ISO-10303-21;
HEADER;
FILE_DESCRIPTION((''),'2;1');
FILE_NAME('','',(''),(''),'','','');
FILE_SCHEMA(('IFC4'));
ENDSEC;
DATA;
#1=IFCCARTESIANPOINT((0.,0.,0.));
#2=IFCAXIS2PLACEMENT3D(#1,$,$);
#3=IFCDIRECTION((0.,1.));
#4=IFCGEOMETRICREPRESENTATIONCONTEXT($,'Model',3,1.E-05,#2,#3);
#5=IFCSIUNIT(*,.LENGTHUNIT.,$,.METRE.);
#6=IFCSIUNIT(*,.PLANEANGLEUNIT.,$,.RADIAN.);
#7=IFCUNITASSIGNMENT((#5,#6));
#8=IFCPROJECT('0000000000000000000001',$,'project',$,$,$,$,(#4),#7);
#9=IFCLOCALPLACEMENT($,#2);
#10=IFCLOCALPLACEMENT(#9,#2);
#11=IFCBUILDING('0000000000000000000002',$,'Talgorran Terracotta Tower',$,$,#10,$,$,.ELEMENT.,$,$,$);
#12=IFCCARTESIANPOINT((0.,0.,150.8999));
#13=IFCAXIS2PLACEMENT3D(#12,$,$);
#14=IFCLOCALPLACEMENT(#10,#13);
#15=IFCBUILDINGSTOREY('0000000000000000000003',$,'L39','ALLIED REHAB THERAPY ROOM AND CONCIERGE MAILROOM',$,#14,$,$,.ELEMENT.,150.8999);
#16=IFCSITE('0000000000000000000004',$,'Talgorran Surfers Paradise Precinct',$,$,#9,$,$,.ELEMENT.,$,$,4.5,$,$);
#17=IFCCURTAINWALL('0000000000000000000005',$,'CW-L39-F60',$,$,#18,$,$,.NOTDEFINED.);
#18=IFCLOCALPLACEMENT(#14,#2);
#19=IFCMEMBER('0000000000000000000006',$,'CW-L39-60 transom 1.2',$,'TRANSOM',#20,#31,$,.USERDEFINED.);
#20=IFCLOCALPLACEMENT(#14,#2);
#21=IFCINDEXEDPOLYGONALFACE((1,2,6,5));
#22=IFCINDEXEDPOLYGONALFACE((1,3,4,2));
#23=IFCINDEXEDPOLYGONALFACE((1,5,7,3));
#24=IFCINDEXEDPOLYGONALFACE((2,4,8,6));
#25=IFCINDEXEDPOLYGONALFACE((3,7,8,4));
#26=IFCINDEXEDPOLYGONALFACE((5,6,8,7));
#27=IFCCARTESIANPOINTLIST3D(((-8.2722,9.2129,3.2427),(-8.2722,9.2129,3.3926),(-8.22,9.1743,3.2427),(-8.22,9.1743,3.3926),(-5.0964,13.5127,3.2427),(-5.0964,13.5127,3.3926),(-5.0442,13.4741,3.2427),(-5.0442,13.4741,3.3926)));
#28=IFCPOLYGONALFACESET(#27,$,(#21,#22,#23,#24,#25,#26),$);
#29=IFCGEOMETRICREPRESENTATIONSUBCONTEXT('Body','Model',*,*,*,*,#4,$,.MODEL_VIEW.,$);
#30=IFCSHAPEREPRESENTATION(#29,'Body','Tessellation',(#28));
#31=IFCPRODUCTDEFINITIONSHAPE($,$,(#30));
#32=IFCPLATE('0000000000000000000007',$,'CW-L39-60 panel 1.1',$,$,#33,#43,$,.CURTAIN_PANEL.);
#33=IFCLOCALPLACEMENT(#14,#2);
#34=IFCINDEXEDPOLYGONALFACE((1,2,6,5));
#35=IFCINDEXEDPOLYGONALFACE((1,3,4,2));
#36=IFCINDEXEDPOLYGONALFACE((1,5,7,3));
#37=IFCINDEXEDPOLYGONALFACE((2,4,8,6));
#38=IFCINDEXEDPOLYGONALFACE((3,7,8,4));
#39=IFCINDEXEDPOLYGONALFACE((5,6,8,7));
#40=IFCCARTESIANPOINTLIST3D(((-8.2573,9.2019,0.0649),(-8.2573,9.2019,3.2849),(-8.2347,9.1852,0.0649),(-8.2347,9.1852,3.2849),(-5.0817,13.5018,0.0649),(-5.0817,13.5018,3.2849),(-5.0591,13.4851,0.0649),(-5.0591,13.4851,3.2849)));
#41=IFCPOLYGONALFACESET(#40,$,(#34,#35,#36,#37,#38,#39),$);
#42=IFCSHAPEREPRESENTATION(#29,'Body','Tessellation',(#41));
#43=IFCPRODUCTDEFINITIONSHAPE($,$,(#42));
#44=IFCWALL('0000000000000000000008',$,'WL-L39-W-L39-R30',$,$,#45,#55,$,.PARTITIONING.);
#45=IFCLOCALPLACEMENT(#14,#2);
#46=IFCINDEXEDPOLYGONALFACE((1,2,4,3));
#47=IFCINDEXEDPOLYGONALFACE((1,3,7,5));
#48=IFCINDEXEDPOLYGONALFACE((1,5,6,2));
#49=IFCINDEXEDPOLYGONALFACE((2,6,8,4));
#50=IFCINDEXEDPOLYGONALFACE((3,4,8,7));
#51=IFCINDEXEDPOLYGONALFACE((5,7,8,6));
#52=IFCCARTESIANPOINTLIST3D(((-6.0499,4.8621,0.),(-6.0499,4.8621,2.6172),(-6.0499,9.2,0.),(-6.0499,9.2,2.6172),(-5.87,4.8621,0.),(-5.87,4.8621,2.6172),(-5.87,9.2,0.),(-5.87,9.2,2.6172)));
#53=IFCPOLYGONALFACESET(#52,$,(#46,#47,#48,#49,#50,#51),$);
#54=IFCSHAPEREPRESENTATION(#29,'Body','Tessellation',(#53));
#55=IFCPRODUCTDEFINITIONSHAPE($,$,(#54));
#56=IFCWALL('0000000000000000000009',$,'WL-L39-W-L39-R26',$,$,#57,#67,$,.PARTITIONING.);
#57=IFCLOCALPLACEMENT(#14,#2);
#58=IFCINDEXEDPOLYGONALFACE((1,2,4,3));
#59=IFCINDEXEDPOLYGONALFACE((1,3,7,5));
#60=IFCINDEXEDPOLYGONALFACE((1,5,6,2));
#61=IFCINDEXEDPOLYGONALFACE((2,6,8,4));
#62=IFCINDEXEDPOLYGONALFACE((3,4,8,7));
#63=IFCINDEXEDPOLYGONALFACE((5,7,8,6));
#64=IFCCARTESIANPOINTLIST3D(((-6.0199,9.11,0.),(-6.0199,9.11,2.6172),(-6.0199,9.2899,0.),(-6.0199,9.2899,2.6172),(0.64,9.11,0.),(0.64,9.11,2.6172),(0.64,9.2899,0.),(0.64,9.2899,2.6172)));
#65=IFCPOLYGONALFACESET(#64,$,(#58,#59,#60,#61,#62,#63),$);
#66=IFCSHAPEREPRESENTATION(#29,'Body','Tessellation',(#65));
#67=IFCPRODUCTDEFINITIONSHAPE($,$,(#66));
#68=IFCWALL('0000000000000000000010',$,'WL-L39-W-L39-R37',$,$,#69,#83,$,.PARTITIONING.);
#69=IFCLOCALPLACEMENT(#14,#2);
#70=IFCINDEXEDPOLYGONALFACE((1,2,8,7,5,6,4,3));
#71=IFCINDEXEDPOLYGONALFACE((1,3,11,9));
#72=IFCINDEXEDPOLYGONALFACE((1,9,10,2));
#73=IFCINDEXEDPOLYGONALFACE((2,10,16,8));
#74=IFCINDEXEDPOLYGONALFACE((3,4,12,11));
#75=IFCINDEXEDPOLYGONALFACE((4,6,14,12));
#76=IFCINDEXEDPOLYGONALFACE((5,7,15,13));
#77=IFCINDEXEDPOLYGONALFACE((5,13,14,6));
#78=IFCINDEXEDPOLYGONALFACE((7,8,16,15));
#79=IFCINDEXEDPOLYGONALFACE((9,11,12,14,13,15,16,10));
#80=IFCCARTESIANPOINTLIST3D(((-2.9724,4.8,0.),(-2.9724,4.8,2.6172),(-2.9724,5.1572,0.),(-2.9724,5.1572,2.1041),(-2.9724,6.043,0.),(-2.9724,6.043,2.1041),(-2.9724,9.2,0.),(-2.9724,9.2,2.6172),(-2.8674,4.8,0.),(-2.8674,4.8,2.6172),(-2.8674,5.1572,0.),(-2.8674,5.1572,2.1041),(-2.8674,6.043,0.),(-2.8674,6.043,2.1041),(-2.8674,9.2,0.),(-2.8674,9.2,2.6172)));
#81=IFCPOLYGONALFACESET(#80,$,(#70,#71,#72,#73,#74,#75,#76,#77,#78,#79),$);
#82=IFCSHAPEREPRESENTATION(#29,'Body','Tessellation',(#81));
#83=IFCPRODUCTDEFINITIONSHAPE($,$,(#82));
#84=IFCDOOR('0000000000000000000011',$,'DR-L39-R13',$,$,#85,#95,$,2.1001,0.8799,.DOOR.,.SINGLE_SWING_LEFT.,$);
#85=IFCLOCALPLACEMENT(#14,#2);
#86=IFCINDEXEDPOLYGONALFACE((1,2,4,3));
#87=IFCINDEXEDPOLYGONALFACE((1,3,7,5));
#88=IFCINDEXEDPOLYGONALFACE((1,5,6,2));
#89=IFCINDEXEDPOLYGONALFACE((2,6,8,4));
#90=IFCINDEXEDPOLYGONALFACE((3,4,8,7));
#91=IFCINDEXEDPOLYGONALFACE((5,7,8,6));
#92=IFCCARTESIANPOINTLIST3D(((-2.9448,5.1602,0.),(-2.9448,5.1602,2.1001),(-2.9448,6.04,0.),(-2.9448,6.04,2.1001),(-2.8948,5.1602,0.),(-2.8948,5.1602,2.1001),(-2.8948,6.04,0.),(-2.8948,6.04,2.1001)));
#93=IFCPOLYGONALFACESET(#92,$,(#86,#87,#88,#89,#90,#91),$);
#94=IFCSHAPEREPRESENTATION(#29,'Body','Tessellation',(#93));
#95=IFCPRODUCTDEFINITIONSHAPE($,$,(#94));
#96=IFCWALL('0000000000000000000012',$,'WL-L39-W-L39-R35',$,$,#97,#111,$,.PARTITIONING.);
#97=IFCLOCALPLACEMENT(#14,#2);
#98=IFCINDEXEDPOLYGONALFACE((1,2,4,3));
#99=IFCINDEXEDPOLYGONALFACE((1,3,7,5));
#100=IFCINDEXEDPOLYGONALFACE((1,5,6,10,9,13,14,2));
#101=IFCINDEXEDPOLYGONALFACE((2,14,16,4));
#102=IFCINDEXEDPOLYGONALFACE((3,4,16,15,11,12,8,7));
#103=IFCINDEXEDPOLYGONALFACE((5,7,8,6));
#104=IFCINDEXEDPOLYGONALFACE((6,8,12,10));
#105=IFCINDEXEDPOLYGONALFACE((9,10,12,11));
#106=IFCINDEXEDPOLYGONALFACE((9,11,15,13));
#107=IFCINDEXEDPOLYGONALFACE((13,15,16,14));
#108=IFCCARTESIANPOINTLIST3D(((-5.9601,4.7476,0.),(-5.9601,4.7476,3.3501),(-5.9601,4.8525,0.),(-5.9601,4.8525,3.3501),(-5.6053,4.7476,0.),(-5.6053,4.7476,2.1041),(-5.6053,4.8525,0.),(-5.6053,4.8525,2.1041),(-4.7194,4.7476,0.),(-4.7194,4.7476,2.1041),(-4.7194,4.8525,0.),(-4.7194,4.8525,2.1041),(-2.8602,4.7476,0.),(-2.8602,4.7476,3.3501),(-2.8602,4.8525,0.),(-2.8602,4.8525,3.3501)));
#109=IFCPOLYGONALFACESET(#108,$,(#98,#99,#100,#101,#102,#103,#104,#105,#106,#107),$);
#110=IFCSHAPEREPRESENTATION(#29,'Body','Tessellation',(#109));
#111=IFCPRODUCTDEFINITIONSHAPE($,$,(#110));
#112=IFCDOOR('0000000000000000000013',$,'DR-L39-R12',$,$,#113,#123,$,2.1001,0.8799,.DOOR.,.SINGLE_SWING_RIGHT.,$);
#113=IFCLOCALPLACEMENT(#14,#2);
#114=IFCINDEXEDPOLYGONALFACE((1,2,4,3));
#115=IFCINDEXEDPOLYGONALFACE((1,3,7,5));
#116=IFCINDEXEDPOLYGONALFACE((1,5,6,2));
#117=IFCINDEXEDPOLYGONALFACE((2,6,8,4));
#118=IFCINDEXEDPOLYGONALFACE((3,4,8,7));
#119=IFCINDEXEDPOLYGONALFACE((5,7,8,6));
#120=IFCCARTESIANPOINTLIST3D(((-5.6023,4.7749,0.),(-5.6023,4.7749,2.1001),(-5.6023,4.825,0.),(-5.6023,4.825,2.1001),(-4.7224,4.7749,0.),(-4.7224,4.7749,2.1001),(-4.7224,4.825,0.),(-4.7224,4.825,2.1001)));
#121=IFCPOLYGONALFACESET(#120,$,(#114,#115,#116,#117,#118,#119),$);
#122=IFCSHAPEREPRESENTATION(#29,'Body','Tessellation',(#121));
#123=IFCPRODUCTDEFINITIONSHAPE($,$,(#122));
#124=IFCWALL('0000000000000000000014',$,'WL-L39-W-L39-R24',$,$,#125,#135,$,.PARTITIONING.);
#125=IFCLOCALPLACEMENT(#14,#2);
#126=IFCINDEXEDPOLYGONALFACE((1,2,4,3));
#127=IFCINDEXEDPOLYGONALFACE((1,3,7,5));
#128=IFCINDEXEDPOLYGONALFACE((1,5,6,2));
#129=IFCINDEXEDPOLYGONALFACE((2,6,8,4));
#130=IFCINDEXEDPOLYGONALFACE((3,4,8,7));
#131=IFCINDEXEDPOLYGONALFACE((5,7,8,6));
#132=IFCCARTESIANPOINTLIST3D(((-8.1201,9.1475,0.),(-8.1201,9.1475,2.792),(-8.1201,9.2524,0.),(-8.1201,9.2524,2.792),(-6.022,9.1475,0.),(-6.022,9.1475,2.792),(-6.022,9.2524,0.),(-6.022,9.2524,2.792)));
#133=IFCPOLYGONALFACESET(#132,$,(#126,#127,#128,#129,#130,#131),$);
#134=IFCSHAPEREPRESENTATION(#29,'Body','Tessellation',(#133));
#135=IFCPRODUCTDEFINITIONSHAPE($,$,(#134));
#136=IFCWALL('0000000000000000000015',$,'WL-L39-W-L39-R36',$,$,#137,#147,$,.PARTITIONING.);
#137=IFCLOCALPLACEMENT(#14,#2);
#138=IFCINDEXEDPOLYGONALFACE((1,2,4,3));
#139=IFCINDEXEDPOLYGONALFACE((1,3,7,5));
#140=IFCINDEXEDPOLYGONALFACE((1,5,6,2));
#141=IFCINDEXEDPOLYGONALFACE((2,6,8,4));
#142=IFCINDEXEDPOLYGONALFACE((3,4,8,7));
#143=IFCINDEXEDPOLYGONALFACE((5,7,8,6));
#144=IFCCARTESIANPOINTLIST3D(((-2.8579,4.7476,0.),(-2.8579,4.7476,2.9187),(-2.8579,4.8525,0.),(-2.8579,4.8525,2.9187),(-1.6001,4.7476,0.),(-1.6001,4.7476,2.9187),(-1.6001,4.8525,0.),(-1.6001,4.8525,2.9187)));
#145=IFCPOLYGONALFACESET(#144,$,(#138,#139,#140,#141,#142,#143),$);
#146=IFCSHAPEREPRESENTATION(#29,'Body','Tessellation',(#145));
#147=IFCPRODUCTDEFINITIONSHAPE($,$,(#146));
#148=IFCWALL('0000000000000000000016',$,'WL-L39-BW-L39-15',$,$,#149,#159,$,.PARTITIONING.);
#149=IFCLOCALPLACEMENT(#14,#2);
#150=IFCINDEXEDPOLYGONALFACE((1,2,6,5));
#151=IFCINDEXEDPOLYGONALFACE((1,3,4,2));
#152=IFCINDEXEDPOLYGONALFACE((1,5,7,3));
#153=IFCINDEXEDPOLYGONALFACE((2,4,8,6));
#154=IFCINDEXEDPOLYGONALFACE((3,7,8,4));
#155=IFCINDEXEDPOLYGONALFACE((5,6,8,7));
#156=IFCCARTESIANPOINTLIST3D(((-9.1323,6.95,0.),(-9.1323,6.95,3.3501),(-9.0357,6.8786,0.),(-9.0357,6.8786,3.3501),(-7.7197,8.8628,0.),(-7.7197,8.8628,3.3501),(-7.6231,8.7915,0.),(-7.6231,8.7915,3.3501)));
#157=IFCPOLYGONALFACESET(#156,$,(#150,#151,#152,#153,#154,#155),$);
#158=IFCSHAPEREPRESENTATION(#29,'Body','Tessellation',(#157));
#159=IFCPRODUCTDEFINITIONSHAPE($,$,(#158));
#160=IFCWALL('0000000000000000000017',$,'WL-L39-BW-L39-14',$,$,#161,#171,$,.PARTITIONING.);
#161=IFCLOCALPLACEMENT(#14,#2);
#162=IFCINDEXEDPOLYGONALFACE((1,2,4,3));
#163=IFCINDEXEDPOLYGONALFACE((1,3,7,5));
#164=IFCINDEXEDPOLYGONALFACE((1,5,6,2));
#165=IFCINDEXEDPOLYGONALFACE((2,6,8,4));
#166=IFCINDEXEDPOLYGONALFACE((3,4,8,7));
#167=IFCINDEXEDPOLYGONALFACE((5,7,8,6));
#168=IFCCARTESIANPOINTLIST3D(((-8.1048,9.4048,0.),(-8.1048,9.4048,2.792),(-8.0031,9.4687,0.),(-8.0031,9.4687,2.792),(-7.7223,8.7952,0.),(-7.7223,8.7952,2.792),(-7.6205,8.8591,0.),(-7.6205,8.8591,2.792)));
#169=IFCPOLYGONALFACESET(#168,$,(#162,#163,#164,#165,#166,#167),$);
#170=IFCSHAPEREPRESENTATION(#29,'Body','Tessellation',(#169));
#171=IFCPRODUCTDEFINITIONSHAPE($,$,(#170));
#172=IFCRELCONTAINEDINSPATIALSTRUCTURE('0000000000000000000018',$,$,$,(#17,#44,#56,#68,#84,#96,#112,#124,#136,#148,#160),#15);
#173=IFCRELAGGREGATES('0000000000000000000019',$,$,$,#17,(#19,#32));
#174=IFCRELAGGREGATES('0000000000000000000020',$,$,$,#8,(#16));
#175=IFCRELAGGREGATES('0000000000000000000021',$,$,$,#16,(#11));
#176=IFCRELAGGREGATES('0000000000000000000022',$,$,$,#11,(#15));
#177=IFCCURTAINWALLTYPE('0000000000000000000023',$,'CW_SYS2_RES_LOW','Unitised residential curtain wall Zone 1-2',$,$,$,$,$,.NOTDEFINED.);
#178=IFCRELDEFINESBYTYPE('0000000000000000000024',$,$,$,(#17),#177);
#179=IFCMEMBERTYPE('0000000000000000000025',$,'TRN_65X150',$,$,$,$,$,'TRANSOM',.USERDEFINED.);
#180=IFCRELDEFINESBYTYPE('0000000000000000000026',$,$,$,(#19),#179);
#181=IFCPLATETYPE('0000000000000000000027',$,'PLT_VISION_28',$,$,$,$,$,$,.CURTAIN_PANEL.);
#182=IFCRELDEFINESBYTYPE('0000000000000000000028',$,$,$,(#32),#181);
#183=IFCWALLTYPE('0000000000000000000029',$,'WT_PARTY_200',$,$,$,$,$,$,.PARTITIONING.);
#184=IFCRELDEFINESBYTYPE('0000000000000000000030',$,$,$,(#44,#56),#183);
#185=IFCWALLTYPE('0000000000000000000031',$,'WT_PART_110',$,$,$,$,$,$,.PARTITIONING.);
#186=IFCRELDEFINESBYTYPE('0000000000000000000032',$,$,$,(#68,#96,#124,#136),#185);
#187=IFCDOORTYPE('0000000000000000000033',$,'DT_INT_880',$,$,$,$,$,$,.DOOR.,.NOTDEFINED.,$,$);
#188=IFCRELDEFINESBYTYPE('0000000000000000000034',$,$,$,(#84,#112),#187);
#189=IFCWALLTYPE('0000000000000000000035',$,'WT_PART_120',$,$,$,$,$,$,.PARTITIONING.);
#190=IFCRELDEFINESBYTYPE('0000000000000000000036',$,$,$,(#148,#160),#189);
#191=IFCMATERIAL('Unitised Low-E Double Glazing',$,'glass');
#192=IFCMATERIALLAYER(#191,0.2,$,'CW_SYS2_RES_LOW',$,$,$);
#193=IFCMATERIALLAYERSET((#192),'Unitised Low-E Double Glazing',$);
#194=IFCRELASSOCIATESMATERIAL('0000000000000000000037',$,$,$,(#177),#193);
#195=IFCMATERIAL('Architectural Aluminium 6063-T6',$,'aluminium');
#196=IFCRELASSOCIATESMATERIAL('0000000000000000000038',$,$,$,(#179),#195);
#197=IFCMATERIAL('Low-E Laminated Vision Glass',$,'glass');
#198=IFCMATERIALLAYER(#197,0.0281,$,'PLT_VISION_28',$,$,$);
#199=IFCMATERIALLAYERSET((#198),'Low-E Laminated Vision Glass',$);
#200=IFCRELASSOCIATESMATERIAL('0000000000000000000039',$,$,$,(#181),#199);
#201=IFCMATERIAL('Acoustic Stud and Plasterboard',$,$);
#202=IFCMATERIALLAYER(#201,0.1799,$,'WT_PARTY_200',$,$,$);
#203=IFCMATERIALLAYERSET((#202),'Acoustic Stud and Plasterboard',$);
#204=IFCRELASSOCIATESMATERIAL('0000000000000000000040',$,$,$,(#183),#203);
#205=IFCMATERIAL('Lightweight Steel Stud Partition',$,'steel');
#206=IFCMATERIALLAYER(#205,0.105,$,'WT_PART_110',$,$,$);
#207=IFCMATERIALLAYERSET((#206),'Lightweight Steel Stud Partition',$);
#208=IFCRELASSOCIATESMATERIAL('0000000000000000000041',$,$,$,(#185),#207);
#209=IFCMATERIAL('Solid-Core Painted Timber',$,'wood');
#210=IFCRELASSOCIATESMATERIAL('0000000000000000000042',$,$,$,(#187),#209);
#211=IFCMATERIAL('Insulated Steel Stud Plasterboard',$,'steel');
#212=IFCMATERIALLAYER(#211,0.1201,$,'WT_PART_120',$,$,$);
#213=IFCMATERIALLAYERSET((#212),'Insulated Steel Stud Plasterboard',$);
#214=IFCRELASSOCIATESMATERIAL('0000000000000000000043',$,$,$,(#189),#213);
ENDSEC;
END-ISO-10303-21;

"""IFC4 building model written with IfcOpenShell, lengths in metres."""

from ifc_helpers import new_model, si_unit, direction, frame, frame_2d, origin, origin_2d, place, context, subcontext, project, spatial, rectangle, extrude, source, transform, mapped, material, layer, layer_set, material_profile, profile_set, type_object, type_shapes, element, fill, aggregate, save


model = new_model("IFC4")

# Units and contexts
model_context = context("Model", 3, precision=1e-05, world=origin(), true_north=direction((0.0, 1.0)))
body_context = subcontext(model_context, "Body", "Model", "MODEL_VIEW")
ifc_project = project(units=[si_unit("LENGTHUNIT", "METRE"), si_unit("PLANEANGLEUNIT", "RADIAN")], contexts=[model_context])

# Site, building, storey
site_placement = place(None, origin())
site = spatial("IfcSite", under=ifc_project, at=site_placement, Name="Talgorran Surfers Paradise Precinct", CompositionType="ELEMENT", RefElevation=4.5)
building_placement = place(site_placement, origin())
building = spatial("IfcBuilding", under=site, at=building_placement, Name="Talgorran Terracotta Tower", CompositionType="ELEMENT")
storey_placement = place(building_placement, frame((0.0, 0.0, 150.8999)))
storey = spatial("IfcBuildingStorey", under=building, at=storey_placement, Name="L39", Description="ALLIED REHAB THERAPY ROOM AND CONCIERGE MAILROOM", CompositionType="ELEMENT", Elevation=150.8999)

# Shared definitions
ifc_material_1 = material(Name="Unitised Low-E Double Glazing", Category="glass")
ifc_layer_1 = layer(ifc_material_1, 0.2, Name="CW_SYS2_RES_LOW")
ifc_layer_set_1 = layer_set([ifc_layer_1], Name="Unitised Low-E Double Glazing")
curtain_wall_type = type_object("IfcCurtainWallType", Name="CW_SYS2_RES_LOW", Description="Unitised residential curtain wall Zone 1-2", PredefinedType="NOTDEFINED", material=ifc_layer_set_1)
ifc_material_2 = material(Name="Architectural Aluminium 6063-T6", Category="aluminium")

# Curtain wall, member, plate
curtain_wall_1_placement = place(storey_placement, origin())
curtain_wall_1 = element("IfcCurtainWall", 1, at=curtain_wall_1_placement, inside=storey, type_object=curtain_wall_type, Name="CW-L39-F60", PredefinedType="NOTDEFINED")
ifc_material_profile_1 = material_profile(ifc_material_2, rectangle(XDim=0.0649, YDim=0.1499, at=origin_2d()), Name="CWT65X150")
ifc_profile_set_1 = profile_set([ifc_material_profile_1], Name="Architectural Aluminium 6063-T6")
member_type_1 = type_object("IfcMemberType", Name="TRN_65X150", ElementType="TRANSOM", PredefinedType="USERDEFINED", material=ifc_profile_set_1)
member_1_placement = place(storey_placement, frame((-5.0703, 13.4934, 3.3176), z_axis=(-0.594109, -0.804385, 0.0), x_axis=(0.804385, -0.594109, 0.0)))
member_1 = element("IfcMember", 2, at=member_1_placement, type_object=member_type_1, Name="CW-L39-60 transom 1.2", ObjectType="TRANSOM", PredefinedType="USERDEFINED", context=body_context, shape_type="SweptSolid", body=[
    extrude(rectangle(XDim=0.0649, YDim=0.1499, at=origin_2d()), origin(), (0.0, 0.0, 1.0), 5.3455),
])
ifc_material_3 = material(Name="Low-E Laminated Vision Glass", Category="glass")
ifc_layer_2 = layer(ifc_material_3, 0.0281, Name="PLT_VISION_28")
ifc_layer_set_2 = layer_set([ifc_layer_2], Name="Low-E Laminated Vision Glass")
plate_type = type_object("IfcPlateType", Name="PLT_VISION_28", PredefinedType="CURTAIN_PANEL", material=ifc_layer_set_2)
shared_shape = source(origin(), body_context, "Body", "SweptSolid", [
    extrude(rectangle(XDim=5.3455, YDim=0.0281, at=origin_2d()), origin(), (0.0, 0.0, 1.0), 3.22),
])
type_shapes(plate_type, [shared_shape])
plate_placement = place(storey_placement, frame((-6.6582, 11.3435, 0.0649), z_axis=(0.0, 0.0, 1.0), x_axis=(-0.594081, -0.804405, 0.0)))
plate = element("IfcPlate", 3, at=plate_placement, type_object=plate_type, Name="CW-L39-60 panel 1.1", PredefinedType="CURTAIN_PANEL", context=body_context, shape_type="MappedRepresentation", body=[
    mapped(shared_shape, transform((0.0, 0.0, 0.0), scale=1.0)),
])
aggregate(curtain_wall_1, [member_1, plate])

# Walls
ifc_material_4 = material(Name="Acoustic Stud and Plasterboard")
ifc_layer_3 = layer(ifc_material_4, 0.1799, Name="WT_PARTY_200")
ifc_layer_set_3 = layer_set([ifc_layer_3], Name="Acoustic Stud and Plasterboard")
wall_type_1 = type_object("IfcWallType", Name="WT_PARTY_200", PredefinedType="PARTITIONING", material=ifc_layer_set_3)
wall_1_placement = place(storey_placement, frame((-5.96, 4.8621, 0.0), z_axis=(0.0, 0.0, 1.0), x_axis=(0.0, 1.0, 0.0)))
element("IfcWall", 4, at=wall_1_placement, inside=storey, type_object=wall_type_1, Name="WL-L39-W-L39-R30", PredefinedType="PARTITIONING", context=body_context, shape_type="SweptSolid", body=[
    extrude(rectangle(XDim=4.3379, YDim=0.1799, at=frame_2d((2.1689, 0.0))), origin(), (0.0, 0.0, 1.0), 2.6172),
])
wall_2_placement = place(storey_placement, frame((-6.02, 9.2, 0.0), z_axis=(0.0, 0.0, 1.0), x_axis=(1.0, 0.0, 0.0)))
element("IfcWall", 5, at=wall_2_placement, inside=storey, type_object=wall_type_1, Name="WL-L39-W-L39-R26", PredefinedType="PARTITIONING", context=body_context, shape_type="SweptSolid", body=[
    extrude(rectangle(XDim=6.6599, YDim=0.1799, at=frame_2d((3.3301, 0.0))), origin(), (0.0, 0.0, 1.0), 2.6172),
])

# Walls, openings, doors
ifc_material_5 = material(Name="Lightweight Steel Stud Partition", Category="steel")
ifc_layer_4 = layer(ifc_material_5, 0.105, Name="WT_PART_110")
ifc_layer_set_4 = layer_set([ifc_layer_4], Name="Lightweight Steel Stud Partition")
wall_type_2 = type_object("IfcWallType", Name="WT_PART_110", PredefinedType="PARTITIONING", material=ifc_layer_set_4)
wall_3_placement = place(storey_placement, frame((-2.9199, 4.8, 0.0), z_axis=(0.0, 0.0, 1.0), x_axis=(0.0, 1.0, 0.0)))
wall_3 = element("IfcWall", 6, at=wall_3_placement, inside=storey, type_object=wall_type_2, Name="WL-L39-W-L39-R37", PredefinedType="PARTITIONING", context=body_context, shape_type="SweptSolid", body=[
    extrude(rectangle(XDim=4.3999, YDim=0.105, at=frame_2d((2.2, 0.0))), origin(), (0.0, 0.0, 1.0), 2.6172),
])
opening_1_placement = place(wall_3_placement, frame((0.3601, 0.0, 0.0)))
opening_1 = element("IfcOpeningElement", 7, at=opening_1_placement, cuts=wall_3, PredefinedType="OPENING", context=body_context, shape_type="SweptSolid", body=[
    extrude(rectangle(XDim=0.8859, YDim=2.1041, at=frame_2d((0.4399, 1.052))), frame((0.0, 0.0625, 0.0), z_axis=(0.0, -1.0, 0.0), x_axis=(1.0, 0.0, 0.0)), (0.0, 0.0, 1.0), 0.125),
])
ifc_material_6 = material(Name="Solid-Core Painted Timber", Category="wood")
door_type = type_object("IfcDoorType", Name="DT_INT_880", OperationType="NOTDEFINED", PredefinedType="DOOR", material=ifc_material_6)
door_1_placement = place(opening_1_placement, origin())
door_1 = element("IfcDoor", 8, at=door_1_placement, inside=storey, type_object=door_type, Name="DR-L39-R13", OperationType="SINGLE_SWING_LEFT", OverallHeight=2.1001, OverallWidth=0.8799, PredefinedType="DOOR", context=body_context, shape_type="SweptSolid", body=[
    extrude(rectangle(XDim=0.8799, YDim=2.1001, at=frame_2d((0.4399, 1.05))), frame((0.0, 0.0249, 0.0), z_axis=(0.0, -1.0, 0.0), x_axis=(1.0, 0.0, 0.0)), (0.0, 0.0, 1.0), 0.05),
])
fill(opening_1, door_1)
wall_4_placement = place(storey_placement, frame((-5.96, 4.8, 0.0), z_axis=(0.0, 0.0, 1.0), x_axis=(1.0, 0.0, 0.0)))
wall_4 = element("IfcWall", 9, at=wall_4_placement, inside=storey, type_object=wall_type_2, Name="WL-L39-W-L39-R35", PredefinedType="PARTITIONING", context=body_context, shape_type="SweptSolid", body=[
    extrude(rectangle(XDim=3.0999, YDim=0.105, at=frame_2d((1.5498, 0.0))), origin(), (0.0, 0.0, 1.0), 3.3501),
])
opening_2_placement = place(wall_4_placement, frame((0.3577, 0.0, 0.0)))
opening_2 = element("IfcOpeningElement", 10, at=opening_2_placement, cuts=wall_4, PredefinedType="OPENING", context=body_context, shape_type="SweptSolid", body=[
    extrude(rectangle(XDim=0.8859, YDim=2.1041, at=frame_2d((0.4399, 1.052))), frame((0.0, 0.0625, 0.0), z_axis=(0.0, -1.0, 0.0), x_axis=(1.0, 0.0, 0.0)), (0.0, 0.0, 1.0), 0.125),
])
door_2_placement = place(opening_2_placement, origin())
door_2 = element("IfcDoor", 11, at=door_2_placement, inside=storey, type_object=door_type, Name="DR-L39-R12", OperationType="SINGLE_SWING_RIGHT", OverallHeight=2.1001, OverallWidth=0.8799, PredefinedType="DOOR", context=body_context, shape_type="SweptSolid", body=[
    extrude(rectangle(XDim=0.8799, YDim=2.1001, at=frame_2d((0.4399, 1.05))), frame((0.0, 0.0249, 0.0), z_axis=(0.0, -1.0, 0.0), x_axis=(1.0, 0.0, 0.0)), (0.0, 0.0, 1.0), 0.05),
])
fill(opening_2, door_2)

# Walls
wall_5_placement = place(storey_placement, frame((-8.1201, 9.2, 0.0), z_axis=(0.0, 0.0, 1.0), x_axis=(1.0, 0.0, 0.0)))
element("IfcWall", 12, at=wall_5_placement, inside=storey, type_object=wall_type_2, Name="WL-L39-W-L39-R24", PredefinedType="PARTITIONING", context=body_context, shape_type="SweptSolid", body=[
    extrude(rectangle(XDim=2.0981, YDim=0.105, at=frame_2d((1.0491, 0.0))), origin(), (0.0, 0.0, 1.0), 2.792),
])
wall_6_placement = place(storey_placement, frame((-2.8579, 4.8, 0.0), z_axis=(0.0, 0.0, 1.0), x_axis=(1.0, 0.0, 0.0)))
element("IfcWall", 13, at=wall_6_placement, inside=storey, type_object=wall_type_2, Name="WL-L39-W-L39-R36", PredefinedType="PARTITIONING", context=body_context, shape_type="SweptSolid", body=[
    extrude(rectangle(XDim=1.2578, YDim=0.105, at=frame_2d((0.6289, 0.0))), origin(), (0.0, 0.0, 1.0), 2.9187),
])
ifc_material_7 = material(Name="Insulated Steel Stud Plasterboard", Category="steel")
ifc_layer_5 = layer(ifc_material_7, 0.1201, Name="WT_PART_120")
ifc_layer_set_5 = layer_set([ifc_layer_5], Name="Insulated Steel Stud Plasterboard")
wall_type_3 = type_object("IfcWallType", Name="WT_PART_120", PredefinedType="PARTITIONING", material=ifc_layer_set_5)
wall_7_placement = place(storey_placement, frame((-7.6714, 8.8271, 0.0), z_axis=(0.0, 0.0, 1.0), x_axis=(-0.594053, -0.804426, 0.0)))
element("IfcWall", 14, at=wall_7_placement, inside=storey, type_object=wall_type_3, Name="WL-L39-BW-L39-15", PredefinedType="PARTITIONING", context=body_context, shape_type="SweptSolid", body=[
    extrude(rectangle(XDim=2.3779, YDim=0.1201, at=frame_2d((1.189, 0.0))), origin(), (0.0, 0.0, 1.0), 3.3501),
])
wall_8_placement = place(storey_placement, frame((-8.054, 9.4368, 0.0), z_axis=(0.0, 0.0, 1.0), x_axis=(0.531553, -0.847025, 0.0)))
element("IfcWall", 15, at=wall_8_placement, inside=storey, type_object=wall_type_3, Name="WL-L39-BW-L39-14", PredefinedType="PARTITIONING", context=body_context, shape_type="SweptSolid", body=[
    extrude(rectangle(XDim=0.7197, YDim=0.1201, at=frame_2d((0.3599, 0.0))), origin(), (0.0, 0.0, 1.0), 2.792),
])

save(model, "model.ifc")
